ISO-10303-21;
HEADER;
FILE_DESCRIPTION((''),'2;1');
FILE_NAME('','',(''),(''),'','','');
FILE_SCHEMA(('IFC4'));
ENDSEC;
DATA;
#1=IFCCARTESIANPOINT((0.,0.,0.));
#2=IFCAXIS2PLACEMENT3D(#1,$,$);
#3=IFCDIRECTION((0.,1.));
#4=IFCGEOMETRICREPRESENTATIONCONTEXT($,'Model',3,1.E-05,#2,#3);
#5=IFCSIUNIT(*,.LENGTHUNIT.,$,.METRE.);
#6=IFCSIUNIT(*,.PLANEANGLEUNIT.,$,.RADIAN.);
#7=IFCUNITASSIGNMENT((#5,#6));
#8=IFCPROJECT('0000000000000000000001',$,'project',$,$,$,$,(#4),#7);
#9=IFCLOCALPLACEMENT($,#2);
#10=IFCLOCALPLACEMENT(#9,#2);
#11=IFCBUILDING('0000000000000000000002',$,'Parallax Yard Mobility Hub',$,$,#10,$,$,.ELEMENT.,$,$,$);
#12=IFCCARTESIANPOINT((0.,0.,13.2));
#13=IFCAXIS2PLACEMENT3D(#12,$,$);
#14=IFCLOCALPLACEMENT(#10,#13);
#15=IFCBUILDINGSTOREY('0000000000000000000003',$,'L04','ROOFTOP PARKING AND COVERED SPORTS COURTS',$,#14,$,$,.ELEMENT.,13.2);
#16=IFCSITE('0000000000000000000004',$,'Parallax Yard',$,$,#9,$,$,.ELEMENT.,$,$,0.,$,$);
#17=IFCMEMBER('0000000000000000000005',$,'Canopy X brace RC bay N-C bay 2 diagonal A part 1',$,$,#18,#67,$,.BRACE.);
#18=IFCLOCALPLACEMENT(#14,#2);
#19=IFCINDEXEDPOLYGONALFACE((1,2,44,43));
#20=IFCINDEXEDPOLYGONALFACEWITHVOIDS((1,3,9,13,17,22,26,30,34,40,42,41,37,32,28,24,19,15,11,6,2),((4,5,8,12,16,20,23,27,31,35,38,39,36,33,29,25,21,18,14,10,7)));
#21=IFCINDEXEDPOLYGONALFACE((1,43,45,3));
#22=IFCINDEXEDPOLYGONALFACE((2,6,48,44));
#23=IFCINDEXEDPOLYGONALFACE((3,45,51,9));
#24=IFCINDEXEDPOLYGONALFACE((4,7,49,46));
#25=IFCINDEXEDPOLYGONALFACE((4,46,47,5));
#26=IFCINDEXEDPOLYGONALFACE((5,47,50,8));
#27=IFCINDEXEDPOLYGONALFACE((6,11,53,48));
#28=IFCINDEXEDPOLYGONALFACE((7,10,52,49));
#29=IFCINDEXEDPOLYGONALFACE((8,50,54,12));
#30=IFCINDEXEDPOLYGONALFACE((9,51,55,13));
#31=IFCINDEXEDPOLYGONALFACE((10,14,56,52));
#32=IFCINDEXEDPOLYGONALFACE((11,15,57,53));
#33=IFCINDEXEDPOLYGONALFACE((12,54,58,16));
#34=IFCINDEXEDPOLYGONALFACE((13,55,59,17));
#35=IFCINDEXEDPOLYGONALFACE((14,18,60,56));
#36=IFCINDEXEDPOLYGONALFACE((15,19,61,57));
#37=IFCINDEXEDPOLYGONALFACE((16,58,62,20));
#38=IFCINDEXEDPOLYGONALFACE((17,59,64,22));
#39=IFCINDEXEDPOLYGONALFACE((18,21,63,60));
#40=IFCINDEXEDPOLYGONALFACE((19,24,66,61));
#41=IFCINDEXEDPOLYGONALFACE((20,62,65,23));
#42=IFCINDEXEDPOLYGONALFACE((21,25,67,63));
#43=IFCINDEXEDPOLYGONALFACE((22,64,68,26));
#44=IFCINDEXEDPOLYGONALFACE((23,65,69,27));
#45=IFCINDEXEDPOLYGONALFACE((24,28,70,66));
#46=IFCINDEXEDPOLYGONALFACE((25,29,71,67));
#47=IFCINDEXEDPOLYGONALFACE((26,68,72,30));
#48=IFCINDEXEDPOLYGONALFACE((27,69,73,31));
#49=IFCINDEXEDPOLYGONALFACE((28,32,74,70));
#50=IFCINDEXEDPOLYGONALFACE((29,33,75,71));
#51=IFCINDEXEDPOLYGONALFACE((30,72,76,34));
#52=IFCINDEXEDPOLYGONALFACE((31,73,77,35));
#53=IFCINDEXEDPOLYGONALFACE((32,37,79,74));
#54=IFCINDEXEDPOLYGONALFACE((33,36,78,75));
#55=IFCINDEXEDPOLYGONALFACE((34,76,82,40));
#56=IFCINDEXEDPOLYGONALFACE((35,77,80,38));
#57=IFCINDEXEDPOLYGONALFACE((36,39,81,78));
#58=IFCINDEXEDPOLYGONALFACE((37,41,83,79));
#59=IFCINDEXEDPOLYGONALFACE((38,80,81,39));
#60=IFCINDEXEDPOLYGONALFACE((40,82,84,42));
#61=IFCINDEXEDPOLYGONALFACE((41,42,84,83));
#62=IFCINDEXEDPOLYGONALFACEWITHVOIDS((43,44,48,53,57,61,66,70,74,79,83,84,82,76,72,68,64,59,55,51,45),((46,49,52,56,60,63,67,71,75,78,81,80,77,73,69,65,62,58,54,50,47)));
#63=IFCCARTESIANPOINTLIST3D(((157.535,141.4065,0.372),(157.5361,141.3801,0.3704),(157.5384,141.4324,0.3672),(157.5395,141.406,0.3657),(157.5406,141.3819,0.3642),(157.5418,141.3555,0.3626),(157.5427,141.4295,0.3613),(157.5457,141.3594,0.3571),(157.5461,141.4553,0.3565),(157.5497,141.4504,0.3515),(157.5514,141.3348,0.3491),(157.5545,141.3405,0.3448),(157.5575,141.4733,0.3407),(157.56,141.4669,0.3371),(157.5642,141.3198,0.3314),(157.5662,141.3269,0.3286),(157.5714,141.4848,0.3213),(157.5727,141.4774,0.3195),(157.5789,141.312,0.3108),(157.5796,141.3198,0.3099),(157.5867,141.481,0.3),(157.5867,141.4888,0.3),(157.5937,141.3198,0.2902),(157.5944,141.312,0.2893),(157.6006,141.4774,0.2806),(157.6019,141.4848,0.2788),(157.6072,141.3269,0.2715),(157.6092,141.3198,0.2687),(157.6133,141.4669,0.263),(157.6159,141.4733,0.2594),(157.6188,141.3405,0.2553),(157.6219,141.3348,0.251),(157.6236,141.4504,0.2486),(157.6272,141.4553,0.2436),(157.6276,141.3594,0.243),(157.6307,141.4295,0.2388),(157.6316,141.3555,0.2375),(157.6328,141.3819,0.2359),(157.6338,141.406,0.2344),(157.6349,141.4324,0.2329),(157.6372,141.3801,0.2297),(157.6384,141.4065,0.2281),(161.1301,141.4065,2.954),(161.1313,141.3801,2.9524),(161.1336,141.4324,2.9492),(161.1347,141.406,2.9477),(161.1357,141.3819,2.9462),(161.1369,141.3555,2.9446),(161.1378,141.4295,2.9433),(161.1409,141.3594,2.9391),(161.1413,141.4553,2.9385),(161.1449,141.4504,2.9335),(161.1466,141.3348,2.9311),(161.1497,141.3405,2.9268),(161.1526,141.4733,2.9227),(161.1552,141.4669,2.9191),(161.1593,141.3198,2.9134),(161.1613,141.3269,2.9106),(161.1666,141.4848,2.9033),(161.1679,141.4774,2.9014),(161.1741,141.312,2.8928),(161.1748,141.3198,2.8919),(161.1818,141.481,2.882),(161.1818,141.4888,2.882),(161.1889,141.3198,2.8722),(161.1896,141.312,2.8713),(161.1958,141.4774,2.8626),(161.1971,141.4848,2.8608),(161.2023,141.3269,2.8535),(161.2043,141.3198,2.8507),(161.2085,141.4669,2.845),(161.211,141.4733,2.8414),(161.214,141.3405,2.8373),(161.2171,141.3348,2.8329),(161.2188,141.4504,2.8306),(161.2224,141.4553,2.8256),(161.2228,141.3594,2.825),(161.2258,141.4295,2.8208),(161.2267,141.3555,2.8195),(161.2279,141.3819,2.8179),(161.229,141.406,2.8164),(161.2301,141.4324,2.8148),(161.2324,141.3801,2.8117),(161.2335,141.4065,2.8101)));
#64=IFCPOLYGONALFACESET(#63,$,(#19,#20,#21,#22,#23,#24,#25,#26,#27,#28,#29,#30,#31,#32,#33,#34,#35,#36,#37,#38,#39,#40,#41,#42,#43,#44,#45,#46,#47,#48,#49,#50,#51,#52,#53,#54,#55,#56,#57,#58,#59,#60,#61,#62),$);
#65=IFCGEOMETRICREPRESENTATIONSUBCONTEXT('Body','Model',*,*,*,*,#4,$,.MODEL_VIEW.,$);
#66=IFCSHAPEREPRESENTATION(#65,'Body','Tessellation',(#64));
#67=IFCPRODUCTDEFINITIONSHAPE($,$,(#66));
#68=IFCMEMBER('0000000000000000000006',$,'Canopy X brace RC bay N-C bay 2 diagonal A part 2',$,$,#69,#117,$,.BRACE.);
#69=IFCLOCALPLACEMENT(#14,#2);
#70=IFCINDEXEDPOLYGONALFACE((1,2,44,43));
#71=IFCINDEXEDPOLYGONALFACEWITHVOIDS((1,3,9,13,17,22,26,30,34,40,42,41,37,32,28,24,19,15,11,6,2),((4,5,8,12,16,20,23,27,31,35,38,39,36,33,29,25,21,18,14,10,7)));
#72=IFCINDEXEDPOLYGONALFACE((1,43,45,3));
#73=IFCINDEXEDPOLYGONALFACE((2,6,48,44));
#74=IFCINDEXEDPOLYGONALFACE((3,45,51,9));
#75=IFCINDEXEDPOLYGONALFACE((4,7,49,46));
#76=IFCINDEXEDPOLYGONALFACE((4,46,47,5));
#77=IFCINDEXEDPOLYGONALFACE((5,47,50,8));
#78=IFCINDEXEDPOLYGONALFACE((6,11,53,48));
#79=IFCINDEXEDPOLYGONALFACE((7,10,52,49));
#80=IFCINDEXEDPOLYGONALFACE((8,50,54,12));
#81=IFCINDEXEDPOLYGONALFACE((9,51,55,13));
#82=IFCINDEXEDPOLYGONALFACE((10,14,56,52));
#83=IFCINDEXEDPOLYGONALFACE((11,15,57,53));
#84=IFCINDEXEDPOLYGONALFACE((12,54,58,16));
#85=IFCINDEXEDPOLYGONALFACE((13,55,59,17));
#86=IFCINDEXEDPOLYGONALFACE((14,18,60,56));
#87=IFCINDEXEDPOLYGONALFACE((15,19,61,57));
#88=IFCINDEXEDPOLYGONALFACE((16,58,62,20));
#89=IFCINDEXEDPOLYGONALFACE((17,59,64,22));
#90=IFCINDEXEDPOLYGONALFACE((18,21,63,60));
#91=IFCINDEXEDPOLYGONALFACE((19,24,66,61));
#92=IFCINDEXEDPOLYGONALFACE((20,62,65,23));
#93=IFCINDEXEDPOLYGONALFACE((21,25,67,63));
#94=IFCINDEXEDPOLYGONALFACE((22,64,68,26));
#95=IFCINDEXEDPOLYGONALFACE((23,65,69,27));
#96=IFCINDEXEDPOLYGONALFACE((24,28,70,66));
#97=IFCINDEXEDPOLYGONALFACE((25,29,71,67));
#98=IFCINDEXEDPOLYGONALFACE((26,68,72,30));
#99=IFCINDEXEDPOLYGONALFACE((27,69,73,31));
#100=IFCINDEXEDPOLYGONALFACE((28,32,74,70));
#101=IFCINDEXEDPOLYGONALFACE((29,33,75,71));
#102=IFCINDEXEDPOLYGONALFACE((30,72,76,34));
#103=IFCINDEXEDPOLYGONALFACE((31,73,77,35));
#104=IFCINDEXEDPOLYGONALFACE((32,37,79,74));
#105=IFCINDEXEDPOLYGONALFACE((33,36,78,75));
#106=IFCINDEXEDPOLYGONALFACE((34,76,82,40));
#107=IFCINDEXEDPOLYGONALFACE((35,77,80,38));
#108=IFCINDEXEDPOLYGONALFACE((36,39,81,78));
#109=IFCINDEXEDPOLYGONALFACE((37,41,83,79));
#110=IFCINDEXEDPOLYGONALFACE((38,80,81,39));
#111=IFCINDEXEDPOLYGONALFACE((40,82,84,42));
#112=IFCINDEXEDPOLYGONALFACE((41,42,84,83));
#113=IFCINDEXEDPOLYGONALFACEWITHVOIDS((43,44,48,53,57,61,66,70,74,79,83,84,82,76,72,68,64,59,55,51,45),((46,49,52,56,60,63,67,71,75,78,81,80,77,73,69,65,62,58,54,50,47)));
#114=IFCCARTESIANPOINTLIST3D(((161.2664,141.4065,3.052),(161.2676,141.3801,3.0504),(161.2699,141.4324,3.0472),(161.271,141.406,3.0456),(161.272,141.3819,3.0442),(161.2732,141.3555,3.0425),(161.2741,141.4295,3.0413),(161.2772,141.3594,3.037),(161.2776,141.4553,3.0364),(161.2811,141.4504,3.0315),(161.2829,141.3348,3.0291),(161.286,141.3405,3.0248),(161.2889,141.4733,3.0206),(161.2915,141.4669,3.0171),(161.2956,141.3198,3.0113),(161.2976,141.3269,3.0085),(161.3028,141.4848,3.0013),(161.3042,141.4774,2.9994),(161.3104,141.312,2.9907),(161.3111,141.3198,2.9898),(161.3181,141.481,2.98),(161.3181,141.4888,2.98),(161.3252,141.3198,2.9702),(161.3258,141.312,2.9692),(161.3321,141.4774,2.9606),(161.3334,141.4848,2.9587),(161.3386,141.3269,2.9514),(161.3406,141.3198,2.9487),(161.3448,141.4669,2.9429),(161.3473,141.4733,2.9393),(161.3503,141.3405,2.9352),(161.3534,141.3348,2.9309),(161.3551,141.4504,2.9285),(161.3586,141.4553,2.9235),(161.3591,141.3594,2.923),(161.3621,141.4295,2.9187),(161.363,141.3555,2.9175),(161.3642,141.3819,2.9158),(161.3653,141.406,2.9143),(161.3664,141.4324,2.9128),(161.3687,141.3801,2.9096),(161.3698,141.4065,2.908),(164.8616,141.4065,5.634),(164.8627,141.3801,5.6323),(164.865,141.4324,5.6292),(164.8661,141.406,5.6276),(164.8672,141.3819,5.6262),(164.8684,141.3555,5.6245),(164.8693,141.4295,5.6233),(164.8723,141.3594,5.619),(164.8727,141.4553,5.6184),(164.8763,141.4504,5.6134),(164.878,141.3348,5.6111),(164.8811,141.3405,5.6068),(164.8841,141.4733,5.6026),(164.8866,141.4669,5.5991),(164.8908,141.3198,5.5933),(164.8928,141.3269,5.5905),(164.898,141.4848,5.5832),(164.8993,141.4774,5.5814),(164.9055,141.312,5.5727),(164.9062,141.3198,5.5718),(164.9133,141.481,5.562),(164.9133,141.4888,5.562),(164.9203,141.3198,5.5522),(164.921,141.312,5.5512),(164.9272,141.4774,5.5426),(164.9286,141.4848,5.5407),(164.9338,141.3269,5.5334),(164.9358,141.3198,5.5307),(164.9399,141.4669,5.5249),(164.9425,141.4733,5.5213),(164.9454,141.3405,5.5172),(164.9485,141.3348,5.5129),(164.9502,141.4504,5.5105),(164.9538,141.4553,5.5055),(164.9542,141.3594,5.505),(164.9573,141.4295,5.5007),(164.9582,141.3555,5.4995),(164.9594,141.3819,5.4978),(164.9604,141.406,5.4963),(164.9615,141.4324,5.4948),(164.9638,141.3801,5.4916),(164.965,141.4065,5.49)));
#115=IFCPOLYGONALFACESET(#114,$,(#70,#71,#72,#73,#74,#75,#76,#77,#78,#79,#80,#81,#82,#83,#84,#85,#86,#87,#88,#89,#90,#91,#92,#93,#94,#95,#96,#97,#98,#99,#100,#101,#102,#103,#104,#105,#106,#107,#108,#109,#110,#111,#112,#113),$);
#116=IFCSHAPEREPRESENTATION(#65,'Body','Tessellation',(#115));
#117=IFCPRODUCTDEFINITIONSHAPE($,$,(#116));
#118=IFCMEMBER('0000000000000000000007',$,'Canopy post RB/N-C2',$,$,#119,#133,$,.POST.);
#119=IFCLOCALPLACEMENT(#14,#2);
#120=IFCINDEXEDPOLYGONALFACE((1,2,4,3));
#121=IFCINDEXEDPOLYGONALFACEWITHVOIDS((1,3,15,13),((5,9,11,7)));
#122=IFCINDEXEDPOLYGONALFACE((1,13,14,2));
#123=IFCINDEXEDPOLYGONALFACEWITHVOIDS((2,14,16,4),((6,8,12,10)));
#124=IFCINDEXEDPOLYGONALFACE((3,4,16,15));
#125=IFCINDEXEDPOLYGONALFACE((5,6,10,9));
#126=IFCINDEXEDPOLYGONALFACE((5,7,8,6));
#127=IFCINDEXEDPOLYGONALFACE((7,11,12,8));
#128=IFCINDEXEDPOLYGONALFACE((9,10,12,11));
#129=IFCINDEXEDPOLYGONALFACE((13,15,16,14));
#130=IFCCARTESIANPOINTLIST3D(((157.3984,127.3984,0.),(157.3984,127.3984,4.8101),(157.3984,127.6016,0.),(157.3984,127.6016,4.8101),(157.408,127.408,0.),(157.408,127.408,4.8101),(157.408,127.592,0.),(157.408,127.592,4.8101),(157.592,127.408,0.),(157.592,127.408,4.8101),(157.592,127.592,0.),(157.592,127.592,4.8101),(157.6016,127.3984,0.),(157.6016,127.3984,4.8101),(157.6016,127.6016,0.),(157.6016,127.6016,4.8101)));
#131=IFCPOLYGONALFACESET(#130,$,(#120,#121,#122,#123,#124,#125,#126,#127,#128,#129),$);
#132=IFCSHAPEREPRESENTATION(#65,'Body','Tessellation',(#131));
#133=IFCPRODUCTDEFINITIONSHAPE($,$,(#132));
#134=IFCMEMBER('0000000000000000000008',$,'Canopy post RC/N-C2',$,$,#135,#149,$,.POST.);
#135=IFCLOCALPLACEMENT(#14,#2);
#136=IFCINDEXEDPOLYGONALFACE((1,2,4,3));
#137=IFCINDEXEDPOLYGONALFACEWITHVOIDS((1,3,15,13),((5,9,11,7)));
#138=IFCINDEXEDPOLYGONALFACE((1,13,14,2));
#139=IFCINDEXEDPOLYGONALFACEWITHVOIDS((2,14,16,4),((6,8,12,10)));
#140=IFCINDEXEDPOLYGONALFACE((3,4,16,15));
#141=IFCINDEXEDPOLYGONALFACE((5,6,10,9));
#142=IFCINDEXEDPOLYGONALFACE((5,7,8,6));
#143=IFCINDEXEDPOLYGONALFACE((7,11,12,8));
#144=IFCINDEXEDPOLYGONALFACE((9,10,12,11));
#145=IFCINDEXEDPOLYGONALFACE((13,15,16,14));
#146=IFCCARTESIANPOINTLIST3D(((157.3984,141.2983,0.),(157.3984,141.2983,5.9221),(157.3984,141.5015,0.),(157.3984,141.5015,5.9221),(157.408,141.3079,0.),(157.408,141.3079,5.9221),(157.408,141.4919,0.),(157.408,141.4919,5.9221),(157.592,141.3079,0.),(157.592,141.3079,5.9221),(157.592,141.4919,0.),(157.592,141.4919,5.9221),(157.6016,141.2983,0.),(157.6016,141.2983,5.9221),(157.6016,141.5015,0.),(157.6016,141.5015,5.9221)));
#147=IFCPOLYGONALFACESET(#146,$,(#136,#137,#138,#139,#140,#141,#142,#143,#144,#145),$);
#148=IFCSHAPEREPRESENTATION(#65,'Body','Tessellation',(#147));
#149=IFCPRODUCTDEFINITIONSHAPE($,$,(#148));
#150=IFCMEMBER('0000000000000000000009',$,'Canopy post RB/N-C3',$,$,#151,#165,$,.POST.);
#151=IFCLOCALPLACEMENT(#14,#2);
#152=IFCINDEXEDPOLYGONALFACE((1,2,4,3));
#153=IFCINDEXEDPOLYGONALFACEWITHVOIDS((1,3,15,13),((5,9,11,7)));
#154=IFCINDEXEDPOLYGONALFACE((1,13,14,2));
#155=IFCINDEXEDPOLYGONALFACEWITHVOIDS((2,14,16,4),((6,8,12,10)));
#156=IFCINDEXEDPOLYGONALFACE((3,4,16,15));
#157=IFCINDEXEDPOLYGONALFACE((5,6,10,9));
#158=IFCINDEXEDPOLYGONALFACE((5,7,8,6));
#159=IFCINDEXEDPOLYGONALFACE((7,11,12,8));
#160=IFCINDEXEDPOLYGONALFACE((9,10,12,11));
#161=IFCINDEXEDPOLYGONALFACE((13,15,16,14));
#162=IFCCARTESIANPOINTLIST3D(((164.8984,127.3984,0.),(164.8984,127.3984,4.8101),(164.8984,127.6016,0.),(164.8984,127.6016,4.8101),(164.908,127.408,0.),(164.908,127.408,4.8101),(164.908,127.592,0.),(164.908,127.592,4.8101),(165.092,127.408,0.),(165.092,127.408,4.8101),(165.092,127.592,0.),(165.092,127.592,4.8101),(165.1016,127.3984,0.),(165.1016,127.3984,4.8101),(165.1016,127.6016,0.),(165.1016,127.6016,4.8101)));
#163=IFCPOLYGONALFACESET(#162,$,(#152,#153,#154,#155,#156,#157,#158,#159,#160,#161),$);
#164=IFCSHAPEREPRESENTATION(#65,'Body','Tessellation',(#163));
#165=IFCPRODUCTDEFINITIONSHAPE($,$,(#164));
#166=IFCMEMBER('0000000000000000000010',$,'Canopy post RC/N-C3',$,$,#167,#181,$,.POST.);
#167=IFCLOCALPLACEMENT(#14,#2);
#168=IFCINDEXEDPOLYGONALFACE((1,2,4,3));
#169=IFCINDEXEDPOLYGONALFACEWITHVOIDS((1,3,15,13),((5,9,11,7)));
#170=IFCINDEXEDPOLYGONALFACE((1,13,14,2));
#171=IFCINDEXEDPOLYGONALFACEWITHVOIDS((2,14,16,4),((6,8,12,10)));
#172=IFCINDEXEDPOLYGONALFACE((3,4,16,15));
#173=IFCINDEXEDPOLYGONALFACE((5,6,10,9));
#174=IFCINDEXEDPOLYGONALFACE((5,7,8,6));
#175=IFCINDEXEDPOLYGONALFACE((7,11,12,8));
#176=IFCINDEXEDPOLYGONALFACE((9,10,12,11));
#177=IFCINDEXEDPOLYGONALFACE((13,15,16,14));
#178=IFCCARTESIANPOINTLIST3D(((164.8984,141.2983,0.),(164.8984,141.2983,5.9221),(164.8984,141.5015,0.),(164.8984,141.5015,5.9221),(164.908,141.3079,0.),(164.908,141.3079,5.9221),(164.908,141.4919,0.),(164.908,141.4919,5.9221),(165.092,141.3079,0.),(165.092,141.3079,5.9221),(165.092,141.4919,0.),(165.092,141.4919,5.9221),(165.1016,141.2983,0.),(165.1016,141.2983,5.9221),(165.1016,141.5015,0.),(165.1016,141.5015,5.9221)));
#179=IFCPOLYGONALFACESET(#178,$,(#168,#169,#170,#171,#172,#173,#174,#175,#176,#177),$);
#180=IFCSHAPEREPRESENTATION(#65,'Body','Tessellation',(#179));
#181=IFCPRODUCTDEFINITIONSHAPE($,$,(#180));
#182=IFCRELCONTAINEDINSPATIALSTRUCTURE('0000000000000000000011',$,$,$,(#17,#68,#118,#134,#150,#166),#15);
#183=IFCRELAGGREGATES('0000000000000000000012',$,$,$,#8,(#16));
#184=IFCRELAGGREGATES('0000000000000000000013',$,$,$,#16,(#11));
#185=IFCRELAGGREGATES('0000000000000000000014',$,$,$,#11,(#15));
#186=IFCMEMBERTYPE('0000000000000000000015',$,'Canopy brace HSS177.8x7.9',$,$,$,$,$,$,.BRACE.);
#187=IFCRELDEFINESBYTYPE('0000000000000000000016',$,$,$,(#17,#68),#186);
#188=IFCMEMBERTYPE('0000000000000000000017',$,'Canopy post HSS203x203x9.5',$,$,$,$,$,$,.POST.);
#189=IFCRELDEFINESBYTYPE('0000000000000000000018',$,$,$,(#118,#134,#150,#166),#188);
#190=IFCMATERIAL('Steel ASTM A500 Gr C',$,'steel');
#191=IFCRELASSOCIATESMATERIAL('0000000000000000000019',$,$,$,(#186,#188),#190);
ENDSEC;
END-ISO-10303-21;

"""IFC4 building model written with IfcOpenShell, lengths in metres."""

from ifc_helpers import new_model, si_unit, direction, frame, origin, origin_2d, place, context, subcontext, project, spatial, hollow_rectangle, hollow_circle, extrude, material, material_profile, profile_set, type_object, element, save


model = new_model("IFC4")

# Units and contexts
model_context = context("Model", 3, precision=1e-05, world=origin(), true_north=direction((0.0, 1.0)))
body_context = subcontext(model_context, "Body", "Model", "MODEL_VIEW")
ifc_project = project(units=[si_unit("LENGTHUNIT", "METRE"), si_unit("PLANEANGLEUNIT", "RADIAN")], contexts=[model_context])

# Site, building, storey
site_placement = place(None, origin())
site = spatial("IfcSite", under=ifc_project, at=site_placement, Name="Parallax Yard", CompositionType="ELEMENT", RefElevation=0.0)
building_placement = place(site_placement, origin())
building = spatial("IfcBuilding", under=site, at=building_placement, Name="Parallax Yard Mobility Hub", CompositionType="ELEMENT")
storey_placement = place(building_placement, frame((0.0, 0.0, 13.2)))
storey = spatial("IfcBuildingStorey", under=building, at=storey_placement, Name="L04", Description="ROOFTOP PARKING AND COVERED SPORTS COURTS", CompositionType="ELEMENT", Elevation=13.2)

# Members
ifc_material_1 = material(Name="Steel ASTM A500 Gr C", Category="steel")
ifc_material_profile_1 = material_profile(ifc_material_1, hollow_circle(Radius=0.0889, WallThickness=0.0078, at=origin_2d()), Name="HSS177.8x7.9")
ifc_profile_set_1 = profile_set([ifc_material_profile_1], Name="Steel ASTM A500 Gr C")
member_type_1 = type_object("IfcMemberType", Name="Canopy brace HSS177.8x7.9", PredefinedType="BRACE", material=ifc_profile_set_1)
for number, where, z_axis, x_axis, name in (
    (1, (157.5867, 141.3999, 0.3), (0.812233, 0.0, 0.583334), (0.0, 1.0, 0.0), "Canopy X brace RC bay N-C bay 2 diagonal A part 1"),
    (2, (161.3181, 141.3999, 2.98), (0.812233, 0.0, 0.583334), (0.0, 1.0, 0.0), "Canopy X brace RC bay N-C bay 2 diagonal A part 2"),
):
    element("IfcMember", number, at=place(storey_placement, frame(where, z_axis=z_axis, x_axis=x_axis)), inside=storey, type_object=member_type_1, Name=name, PredefinedType="BRACE", context=body_context, shape_type="SweptSolid", body=[
        extrude(hollow_circle(Radius=0.0889, WallThickness=0.0078, at=origin_2d()), origin(), (0.0, 0.0, 1.0), 4.4263),
    ])
ifc_material_profile_2 = material_profile(ifc_material_1, hollow_rectangle(XDim=0.2031, YDim=0.2031, WallThickness=0.0095, at=origin_2d()), Name="HSS203x203x9.5")
ifc_profile_set_2 = profile_set([ifc_material_profile_2], Name="Steel ASTM A500 Gr C")
member_type_2 = type_object("IfcMemberType", Name="Canopy post HSS203x203x9.5", PredefinedType="POST", material=ifc_profile_set_2)
member_1_placement = place(storey_placement, frame((157.5, 127.5, 0.0), z_axis=(0.0, 0.0, 1.0), x_axis=(1.0, 0.0, 0.0)))
element("IfcMember", 3, at=member_1_placement, inside=storey, type_object=member_type_2, Name="Canopy post RB/N-C2", PredefinedType="POST", context=body_context, shape_type="SweptSolid", body=[
    extrude(hollow_rectangle(XDim=0.2031, YDim=0.2031, WallThickness=0.0095, at=origin_2d()), origin(), (0.0, 0.0, 1.0), 4.8101),
])
member_2_placement = place(storey_placement, frame((157.5, 141.3999, 0.0), z_axis=(0.0, 0.0, 1.0), x_axis=(1.0, 0.0, 0.0)))
element("IfcMember", 4, at=member_2_placement, inside=storey, type_object=member_type_2, Name="Canopy post RC/N-C2", PredefinedType="POST", context=body_context, shape_type="SweptSolid", body=[
    extrude(hollow_rectangle(XDim=0.2031, YDim=0.2031, WallThickness=0.0095, at=origin_2d()), origin(), (0.0, 0.0, 1.0), 5.9221),
])
member_3_placement = place(storey_placement, frame((165.0, 127.5, 0.0), z_axis=(0.0, 0.0, 1.0), x_axis=(1.0, 0.0, 0.0)))
element("IfcMember", 5, at=member_3_placement, inside=storey, type_object=member_type_2, Name="Canopy post RB/N-C3", PredefinedType="POST", context=body_context, shape_type="SweptSolid", body=[
    extrude(hollow_rectangle(XDim=0.2031, YDim=0.2031, WallThickness=0.0095, at=origin_2d()), origin(), (0.0, 0.0, 1.0), 4.8101),
])
member_4_placement = place(storey_placement, frame((165.0, 141.3999, 0.0), z_axis=(0.0, 0.0, 1.0), x_axis=(1.0, 0.0, 0.0)))
element("IfcMember", 6, at=member_4_placement, inside=storey, type_object=member_type_2, Name="Canopy post RC/N-C3", PredefinedType="POST", context=body_context, shape_type="SweptSolid", body=[
    extrude(hollow_rectangle(XDim=0.2031, YDim=0.2031, WallThickness=0.0095, at=origin_2d()), origin(), (0.0, 0.0, 1.0), 5.9221),
])

save(model, "model.ifc")
